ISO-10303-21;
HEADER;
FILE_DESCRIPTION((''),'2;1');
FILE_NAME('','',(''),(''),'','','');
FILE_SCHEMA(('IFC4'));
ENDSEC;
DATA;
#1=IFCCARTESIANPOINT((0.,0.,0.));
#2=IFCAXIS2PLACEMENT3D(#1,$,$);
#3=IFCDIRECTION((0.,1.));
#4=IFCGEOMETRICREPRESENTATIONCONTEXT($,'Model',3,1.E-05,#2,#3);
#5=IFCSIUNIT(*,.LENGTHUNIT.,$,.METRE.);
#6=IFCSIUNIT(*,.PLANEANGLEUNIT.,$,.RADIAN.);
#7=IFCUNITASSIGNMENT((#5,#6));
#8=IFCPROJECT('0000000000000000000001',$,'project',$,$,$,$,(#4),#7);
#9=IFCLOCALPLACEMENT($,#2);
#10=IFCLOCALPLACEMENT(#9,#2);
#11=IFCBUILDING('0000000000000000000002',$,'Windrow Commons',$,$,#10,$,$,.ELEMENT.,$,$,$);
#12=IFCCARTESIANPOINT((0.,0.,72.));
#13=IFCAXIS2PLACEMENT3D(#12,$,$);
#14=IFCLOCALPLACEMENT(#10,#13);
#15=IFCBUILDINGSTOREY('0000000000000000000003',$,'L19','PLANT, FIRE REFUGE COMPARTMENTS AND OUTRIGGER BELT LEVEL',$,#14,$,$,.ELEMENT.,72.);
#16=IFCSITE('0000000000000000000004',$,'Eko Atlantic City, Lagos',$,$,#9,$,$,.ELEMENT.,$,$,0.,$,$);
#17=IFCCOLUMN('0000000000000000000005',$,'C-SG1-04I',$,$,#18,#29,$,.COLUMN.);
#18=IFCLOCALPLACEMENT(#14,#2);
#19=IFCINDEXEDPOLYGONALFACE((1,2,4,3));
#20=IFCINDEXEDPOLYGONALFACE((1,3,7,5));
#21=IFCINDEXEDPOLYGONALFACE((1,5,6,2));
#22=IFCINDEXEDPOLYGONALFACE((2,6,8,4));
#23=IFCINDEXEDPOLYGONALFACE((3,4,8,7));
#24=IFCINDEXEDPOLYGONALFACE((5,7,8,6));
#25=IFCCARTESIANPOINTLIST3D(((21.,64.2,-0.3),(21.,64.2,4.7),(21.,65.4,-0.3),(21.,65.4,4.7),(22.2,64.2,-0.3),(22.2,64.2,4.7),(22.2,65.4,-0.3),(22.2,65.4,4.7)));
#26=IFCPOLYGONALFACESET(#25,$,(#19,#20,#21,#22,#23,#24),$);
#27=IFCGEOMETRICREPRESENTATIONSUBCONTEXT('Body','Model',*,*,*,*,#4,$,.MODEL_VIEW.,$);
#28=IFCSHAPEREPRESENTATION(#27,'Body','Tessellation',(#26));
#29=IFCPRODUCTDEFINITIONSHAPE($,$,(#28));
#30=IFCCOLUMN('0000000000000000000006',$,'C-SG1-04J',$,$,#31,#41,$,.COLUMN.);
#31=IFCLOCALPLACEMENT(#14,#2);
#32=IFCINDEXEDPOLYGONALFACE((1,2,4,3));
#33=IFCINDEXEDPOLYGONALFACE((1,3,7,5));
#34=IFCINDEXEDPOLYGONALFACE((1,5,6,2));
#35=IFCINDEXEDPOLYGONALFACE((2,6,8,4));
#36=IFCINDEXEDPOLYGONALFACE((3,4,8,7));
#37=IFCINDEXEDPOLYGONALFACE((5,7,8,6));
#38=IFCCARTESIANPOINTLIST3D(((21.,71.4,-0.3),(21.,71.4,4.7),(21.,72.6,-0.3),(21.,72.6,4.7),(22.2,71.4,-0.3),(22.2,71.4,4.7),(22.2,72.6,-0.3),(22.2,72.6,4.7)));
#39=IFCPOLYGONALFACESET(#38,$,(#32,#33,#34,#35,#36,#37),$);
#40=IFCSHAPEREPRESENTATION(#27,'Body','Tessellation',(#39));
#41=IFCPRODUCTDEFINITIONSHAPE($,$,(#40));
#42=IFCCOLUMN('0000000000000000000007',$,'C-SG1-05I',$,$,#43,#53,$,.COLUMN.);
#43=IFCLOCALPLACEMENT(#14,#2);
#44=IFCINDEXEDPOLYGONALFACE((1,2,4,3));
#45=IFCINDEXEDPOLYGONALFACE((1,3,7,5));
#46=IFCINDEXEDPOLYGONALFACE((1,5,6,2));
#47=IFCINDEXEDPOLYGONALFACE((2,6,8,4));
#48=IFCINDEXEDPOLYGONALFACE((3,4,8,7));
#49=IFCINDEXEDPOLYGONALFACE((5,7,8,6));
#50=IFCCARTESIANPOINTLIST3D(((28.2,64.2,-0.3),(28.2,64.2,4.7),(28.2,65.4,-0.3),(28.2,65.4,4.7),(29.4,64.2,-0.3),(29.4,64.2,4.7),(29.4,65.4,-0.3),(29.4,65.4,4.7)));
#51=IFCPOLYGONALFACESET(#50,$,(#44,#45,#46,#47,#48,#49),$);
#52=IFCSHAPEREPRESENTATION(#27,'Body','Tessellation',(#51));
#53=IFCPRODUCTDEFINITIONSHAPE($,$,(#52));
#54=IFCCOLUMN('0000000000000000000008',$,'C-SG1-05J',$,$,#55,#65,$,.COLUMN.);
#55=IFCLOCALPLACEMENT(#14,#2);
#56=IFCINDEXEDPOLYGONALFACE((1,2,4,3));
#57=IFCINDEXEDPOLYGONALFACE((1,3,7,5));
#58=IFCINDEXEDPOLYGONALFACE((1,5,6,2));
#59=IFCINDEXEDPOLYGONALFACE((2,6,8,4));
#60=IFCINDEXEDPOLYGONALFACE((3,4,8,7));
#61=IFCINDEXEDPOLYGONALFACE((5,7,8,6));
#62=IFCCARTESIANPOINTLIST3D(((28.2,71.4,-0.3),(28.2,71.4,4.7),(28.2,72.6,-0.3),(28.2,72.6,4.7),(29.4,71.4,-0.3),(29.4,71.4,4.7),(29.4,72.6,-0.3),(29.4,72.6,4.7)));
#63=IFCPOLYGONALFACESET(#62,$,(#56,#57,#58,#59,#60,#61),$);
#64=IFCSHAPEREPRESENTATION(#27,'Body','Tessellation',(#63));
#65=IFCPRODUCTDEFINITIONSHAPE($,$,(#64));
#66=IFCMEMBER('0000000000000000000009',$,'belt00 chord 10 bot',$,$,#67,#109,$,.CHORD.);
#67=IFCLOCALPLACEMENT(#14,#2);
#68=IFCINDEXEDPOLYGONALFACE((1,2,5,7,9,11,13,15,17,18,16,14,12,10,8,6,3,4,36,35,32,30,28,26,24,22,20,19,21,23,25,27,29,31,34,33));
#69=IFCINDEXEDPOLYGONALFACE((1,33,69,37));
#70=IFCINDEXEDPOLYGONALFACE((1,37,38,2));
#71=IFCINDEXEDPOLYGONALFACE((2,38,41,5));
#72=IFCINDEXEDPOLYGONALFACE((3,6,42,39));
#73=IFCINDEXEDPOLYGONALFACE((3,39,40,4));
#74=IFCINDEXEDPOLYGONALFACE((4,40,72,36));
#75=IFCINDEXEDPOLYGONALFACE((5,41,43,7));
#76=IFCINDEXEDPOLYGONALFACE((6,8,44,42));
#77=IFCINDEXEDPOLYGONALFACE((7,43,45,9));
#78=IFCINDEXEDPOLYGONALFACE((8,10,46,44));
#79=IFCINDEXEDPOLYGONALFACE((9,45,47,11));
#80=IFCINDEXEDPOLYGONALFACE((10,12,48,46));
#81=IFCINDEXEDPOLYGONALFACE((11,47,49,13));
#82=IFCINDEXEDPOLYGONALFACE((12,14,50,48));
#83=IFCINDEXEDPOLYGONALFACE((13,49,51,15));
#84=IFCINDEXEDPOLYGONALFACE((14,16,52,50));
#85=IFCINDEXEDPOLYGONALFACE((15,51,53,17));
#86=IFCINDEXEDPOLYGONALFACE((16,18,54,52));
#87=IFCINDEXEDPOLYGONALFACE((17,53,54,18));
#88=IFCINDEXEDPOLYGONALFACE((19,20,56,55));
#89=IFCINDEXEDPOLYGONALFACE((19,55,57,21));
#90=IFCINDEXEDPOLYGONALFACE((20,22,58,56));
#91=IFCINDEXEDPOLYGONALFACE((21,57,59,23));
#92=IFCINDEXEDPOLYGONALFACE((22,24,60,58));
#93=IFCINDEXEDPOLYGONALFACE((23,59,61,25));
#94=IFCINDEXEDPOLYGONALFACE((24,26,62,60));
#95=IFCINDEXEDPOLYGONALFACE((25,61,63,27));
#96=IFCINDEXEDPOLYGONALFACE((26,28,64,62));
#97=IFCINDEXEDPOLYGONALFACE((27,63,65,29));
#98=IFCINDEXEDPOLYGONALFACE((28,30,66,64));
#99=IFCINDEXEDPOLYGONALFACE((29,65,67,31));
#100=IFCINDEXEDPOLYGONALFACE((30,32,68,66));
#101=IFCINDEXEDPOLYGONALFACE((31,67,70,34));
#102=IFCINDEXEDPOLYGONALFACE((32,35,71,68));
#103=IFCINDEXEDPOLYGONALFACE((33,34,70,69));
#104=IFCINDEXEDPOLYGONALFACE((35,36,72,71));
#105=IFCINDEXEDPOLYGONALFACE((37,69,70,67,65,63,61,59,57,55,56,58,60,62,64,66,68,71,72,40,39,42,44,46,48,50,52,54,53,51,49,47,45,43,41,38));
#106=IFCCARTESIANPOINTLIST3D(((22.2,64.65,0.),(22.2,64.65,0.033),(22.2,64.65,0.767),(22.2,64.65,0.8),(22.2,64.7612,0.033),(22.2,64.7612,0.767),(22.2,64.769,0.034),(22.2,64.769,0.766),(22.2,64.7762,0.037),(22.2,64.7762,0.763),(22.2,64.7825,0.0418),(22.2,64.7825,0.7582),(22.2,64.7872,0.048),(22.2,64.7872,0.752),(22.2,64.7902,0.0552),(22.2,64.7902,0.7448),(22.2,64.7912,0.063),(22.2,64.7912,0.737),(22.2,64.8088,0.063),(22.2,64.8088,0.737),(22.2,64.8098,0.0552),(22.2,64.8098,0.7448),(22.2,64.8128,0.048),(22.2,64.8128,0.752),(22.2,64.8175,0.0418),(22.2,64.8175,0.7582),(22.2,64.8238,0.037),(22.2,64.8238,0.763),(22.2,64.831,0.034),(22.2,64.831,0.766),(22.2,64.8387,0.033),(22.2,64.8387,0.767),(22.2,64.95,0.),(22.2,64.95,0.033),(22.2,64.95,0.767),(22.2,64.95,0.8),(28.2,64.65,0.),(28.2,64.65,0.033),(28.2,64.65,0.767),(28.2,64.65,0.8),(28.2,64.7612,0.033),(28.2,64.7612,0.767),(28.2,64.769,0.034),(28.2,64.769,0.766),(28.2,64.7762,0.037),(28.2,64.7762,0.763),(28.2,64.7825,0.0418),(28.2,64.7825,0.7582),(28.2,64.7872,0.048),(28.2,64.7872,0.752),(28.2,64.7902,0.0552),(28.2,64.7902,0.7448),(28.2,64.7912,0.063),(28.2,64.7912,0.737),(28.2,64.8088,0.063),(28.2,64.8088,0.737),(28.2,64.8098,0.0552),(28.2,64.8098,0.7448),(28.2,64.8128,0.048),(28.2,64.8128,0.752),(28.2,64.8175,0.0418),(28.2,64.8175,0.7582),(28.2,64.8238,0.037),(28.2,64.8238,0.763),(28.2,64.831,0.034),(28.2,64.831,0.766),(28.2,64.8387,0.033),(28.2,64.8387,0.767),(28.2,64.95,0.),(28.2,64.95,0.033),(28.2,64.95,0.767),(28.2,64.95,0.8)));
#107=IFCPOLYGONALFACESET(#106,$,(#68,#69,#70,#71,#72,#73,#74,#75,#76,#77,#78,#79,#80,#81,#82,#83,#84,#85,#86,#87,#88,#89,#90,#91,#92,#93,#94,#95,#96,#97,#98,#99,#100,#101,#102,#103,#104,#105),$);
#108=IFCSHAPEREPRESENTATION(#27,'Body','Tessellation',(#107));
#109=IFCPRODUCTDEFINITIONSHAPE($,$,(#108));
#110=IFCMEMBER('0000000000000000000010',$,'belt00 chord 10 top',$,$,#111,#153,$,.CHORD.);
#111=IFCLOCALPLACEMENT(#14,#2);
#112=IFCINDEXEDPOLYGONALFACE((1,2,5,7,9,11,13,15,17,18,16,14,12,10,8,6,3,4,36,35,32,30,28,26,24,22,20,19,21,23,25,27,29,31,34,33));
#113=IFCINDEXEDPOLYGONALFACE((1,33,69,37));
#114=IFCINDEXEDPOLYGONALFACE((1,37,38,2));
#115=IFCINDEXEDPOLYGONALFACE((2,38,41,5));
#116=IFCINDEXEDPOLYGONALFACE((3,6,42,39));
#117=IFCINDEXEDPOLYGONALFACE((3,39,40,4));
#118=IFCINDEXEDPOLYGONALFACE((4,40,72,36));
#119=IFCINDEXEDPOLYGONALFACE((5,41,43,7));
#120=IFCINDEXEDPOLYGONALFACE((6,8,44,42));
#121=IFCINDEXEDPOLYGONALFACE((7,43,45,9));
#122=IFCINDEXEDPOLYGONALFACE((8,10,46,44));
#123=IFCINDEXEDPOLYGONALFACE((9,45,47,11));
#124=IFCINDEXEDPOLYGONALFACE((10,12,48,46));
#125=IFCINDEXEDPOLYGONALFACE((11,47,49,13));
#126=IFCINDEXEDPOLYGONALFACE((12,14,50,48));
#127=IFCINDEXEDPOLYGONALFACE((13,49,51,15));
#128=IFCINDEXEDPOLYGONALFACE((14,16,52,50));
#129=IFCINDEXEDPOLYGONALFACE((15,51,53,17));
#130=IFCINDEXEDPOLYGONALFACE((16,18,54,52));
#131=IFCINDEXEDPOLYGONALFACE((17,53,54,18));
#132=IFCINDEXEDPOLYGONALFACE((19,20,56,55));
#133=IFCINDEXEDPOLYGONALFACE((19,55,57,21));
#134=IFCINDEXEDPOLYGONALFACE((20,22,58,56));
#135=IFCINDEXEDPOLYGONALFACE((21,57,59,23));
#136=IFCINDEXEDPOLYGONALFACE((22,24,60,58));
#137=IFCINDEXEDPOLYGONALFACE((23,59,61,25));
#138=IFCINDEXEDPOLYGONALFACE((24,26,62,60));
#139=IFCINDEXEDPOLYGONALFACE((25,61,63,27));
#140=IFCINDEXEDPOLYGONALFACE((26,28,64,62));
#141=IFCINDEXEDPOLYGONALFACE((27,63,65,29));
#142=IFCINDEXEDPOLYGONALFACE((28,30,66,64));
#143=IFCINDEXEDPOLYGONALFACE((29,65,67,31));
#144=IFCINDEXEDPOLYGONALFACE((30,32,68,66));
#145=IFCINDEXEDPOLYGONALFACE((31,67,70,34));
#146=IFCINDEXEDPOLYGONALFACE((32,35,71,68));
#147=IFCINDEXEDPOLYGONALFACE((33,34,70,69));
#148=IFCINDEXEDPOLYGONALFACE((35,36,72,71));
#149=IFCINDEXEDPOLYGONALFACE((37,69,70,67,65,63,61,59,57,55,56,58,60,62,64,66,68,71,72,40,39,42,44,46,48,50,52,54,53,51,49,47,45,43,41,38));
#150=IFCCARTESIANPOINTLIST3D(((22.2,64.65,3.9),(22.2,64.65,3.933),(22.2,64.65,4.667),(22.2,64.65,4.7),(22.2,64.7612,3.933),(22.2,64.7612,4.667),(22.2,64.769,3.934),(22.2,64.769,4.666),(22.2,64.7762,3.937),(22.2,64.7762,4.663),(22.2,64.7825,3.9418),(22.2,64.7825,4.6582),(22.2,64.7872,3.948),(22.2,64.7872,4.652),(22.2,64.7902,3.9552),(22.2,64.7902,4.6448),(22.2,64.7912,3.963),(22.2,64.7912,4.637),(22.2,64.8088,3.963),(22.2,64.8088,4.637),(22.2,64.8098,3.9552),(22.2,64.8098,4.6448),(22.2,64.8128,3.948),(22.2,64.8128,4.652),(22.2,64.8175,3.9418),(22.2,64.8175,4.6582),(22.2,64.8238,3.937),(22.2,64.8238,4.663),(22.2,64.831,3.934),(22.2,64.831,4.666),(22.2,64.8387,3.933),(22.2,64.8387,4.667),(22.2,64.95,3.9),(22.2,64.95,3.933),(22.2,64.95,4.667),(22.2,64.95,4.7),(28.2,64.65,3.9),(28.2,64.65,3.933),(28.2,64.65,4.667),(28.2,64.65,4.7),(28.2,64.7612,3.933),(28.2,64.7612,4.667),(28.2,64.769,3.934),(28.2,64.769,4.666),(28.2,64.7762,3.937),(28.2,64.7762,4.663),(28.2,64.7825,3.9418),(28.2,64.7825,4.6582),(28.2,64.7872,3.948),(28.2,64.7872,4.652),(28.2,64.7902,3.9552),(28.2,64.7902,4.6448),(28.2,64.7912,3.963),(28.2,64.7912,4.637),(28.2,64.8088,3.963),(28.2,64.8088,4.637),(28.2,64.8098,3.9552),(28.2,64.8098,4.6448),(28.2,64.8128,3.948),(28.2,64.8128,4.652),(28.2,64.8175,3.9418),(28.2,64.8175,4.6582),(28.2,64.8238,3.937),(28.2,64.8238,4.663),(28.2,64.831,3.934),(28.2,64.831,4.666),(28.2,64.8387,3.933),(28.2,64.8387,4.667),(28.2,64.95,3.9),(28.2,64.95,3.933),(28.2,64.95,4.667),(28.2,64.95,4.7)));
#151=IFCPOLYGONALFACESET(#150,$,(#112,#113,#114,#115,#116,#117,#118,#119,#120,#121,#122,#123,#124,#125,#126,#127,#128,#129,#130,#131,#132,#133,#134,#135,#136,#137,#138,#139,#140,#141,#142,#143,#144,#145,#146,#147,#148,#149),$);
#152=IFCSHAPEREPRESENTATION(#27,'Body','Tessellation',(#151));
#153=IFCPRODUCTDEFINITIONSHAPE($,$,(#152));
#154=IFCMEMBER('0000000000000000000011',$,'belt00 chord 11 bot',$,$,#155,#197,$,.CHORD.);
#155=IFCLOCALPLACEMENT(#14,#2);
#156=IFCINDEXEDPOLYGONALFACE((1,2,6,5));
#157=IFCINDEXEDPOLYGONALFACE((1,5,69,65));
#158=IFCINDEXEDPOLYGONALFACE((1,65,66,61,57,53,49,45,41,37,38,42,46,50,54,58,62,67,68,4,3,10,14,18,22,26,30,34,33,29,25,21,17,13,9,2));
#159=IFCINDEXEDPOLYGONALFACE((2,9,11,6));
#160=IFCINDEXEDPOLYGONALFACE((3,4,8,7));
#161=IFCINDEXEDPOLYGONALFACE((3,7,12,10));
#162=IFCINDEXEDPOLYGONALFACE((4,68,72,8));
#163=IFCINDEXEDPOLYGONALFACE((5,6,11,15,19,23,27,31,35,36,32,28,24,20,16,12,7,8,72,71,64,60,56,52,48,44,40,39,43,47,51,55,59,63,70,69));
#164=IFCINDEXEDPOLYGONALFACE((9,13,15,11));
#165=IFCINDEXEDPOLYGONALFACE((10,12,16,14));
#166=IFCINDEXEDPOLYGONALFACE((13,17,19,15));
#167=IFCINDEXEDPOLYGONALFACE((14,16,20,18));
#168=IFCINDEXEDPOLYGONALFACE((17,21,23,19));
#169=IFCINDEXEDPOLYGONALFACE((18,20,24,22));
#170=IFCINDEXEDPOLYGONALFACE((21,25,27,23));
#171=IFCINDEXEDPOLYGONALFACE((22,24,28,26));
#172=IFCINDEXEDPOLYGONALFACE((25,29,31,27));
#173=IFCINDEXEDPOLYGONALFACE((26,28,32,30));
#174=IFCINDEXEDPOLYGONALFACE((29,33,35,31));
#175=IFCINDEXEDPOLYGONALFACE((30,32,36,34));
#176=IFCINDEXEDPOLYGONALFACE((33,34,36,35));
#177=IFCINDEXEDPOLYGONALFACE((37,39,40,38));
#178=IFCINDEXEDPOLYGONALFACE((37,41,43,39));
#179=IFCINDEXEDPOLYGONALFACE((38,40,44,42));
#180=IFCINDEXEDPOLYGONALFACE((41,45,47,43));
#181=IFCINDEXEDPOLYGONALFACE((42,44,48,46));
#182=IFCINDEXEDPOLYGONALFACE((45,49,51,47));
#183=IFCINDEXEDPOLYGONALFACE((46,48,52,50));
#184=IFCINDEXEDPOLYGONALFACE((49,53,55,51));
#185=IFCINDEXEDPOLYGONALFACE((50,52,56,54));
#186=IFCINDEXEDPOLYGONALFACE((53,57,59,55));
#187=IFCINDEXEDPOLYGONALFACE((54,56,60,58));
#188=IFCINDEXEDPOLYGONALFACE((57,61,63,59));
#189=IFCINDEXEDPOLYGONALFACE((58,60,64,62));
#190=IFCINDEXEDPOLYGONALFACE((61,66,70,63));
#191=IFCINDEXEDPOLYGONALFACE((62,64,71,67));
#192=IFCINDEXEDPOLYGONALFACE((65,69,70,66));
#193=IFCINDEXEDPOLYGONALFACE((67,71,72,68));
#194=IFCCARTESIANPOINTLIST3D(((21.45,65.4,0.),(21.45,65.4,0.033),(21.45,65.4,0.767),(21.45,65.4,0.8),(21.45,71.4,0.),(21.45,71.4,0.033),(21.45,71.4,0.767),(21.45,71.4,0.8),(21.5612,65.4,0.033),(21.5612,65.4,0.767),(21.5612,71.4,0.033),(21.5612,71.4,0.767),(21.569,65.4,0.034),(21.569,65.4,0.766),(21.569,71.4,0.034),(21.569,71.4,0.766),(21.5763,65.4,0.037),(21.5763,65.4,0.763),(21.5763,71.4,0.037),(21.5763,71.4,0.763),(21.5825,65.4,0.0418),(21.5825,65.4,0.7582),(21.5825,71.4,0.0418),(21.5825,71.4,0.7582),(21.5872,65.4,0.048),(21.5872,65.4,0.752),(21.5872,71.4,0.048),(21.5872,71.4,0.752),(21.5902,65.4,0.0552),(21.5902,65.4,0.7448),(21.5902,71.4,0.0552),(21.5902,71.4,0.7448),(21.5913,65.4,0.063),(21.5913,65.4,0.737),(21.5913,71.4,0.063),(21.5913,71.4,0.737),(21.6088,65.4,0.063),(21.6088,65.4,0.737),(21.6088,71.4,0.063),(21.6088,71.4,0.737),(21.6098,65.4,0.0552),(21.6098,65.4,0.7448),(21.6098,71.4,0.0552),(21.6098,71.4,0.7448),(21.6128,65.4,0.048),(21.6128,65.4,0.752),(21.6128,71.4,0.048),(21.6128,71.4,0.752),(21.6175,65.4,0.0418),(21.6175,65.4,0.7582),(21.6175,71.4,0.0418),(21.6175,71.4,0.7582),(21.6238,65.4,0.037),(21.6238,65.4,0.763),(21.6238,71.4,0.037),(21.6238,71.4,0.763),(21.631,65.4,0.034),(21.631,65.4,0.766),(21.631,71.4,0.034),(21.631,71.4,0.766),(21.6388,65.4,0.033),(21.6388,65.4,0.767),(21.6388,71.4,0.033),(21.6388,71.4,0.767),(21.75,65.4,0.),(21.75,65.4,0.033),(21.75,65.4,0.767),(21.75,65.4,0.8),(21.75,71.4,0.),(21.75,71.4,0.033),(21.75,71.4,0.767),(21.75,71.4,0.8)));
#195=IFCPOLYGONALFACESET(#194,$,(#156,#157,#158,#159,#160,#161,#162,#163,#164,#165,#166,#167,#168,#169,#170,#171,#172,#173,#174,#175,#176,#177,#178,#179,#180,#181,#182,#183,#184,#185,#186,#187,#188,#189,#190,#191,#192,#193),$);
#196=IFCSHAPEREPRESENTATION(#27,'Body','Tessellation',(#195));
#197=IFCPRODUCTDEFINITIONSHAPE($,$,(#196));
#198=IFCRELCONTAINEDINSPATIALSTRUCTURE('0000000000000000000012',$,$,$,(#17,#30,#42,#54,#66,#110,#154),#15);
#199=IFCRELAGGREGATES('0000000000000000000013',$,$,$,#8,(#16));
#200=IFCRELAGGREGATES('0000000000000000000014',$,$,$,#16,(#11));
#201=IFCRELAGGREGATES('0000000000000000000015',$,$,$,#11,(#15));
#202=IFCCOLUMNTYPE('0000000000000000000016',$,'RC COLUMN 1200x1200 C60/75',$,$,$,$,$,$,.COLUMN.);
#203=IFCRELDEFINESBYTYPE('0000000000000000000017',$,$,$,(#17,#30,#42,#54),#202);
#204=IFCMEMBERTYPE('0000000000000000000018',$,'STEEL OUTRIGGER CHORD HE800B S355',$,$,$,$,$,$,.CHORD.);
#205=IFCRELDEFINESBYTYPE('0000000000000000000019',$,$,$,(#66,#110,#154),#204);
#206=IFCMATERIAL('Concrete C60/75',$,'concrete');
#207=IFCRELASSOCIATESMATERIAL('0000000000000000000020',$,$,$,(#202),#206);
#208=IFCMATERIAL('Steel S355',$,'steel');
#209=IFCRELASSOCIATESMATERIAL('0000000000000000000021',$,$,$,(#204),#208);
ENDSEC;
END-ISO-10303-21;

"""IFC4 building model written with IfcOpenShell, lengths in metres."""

from ifc_helpers import new_model, si_unit, direction, frame, origin, origin_2d, place, context, subcontext, project, spatial, rectangle, i_section, extrude, material, material_profile, profile_set, type_object, element, save


model = new_model("IFC4")

# Units and contexts
model_context = context("Model", 3, precision=1e-05, world=origin(), true_north=direction((0.0, 1.0)))
body_context = subcontext(model_context, "Body", "Model", "MODEL_VIEW")
ifc_project = project(units=[si_unit("LENGTHUNIT", "METRE"), si_unit("PLANEANGLEUNIT", "RADIAN")], contexts=[model_context])

# Site, building, storey
site_placement = place(None, origin())
site = spatial("IfcSite", under=ifc_project, at=site_placement, Name="Eko Atlantic City, Lagos", CompositionType="ELEMENT", RefElevation=0.0)
building_placement = place(site_placement, origin())
building = spatial("IfcBuilding", under=site, at=building_placement, Name="Windrow Commons", CompositionType="ELEMENT")
storey_placement = place(building_placement, frame((0.0, 0.0, 72.0)))
storey = spatial("IfcBuildingStorey", under=building, at=storey_placement, Name="L19", Description="PLANT, FIRE REFUGE COMPARTMENTS AND OUTRIGGER BELT LEVEL", CompositionType="ELEMENT", Elevation=72.0)

# Columns
ifc_material_1 = material(Name="Concrete C60/75", Category="concrete")
ifc_material_profile_1 = material_profile(ifc_material_1, rectangle(XDim=1.2, YDim=1.2, at=origin_2d()))
ifc_profile_set_1 = profile_set([ifc_material_profile_1], Name="Concrete C60/75")
column_type = type_object("IfcColumnType", Name="RC COLUMN 1200x1200 C60/75", PredefinedType="COLUMN", material=ifc_profile_set_1)
for number, where, z_axis, x_axis, name in (
    (1, (21.6, 64.8, -0.3), (0.0, 0.0, 1.0), (1.0, 0.0, 0.0), "C-SG1-04I"),
    (2, (21.6, 72.0, -0.3), (0.0, 0.0, 1.0), (1.0, 0.0, 0.0), "C-SG1-04J"),
    (3, (28.8, 64.8, -0.3), (0.0, 0.0, 1.0), (1.0, 0.0, 0.0), "C-SG1-05I"),
    (4, (28.8, 72.0, -0.3), (0.0, 0.0, 1.0), (1.0, 0.0, 0.0), "C-SG1-05J"),
):
    element("IfcColumn", number, at=place(storey_placement, frame(where, z_axis=z_axis, x_axis=x_axis)), inside=storey, type_object=column_type, Name=name, PredefinedType="COLUMN", context=body_context, shape_type="SweptSolid", body=[
        extrude(rectangle(XDim=1.2, YDim=1.2, at=origin_2d()), origin(), (0.0, 0.0, 1.0), 5.0),
    ])

# Members
ifc_material_2 = material(Name="Steel S355", Category="steel")
ifc_material_profile_2 = material_profile(ifc_material_2, i_section(OverallWidth=0.3, OverallDepth=0.8, WebThickness=0.0175, FlangeThickness=0.033, FilletRadius=0.03, at=origin_2d()))
ifc_profile_set_2 = profile_set([ifc_material_profile_2], Name="Steel S355")
member_type_1 = type_object("IfcMemberType", Name="STEEL OUTRIGGER CHORD HE800B S355", PredefinedType="CHORD", material=ifc_profile_set_2)
for number, where, z_axis, x_axis, name in (
    (5, (28.2, 64.8, 0.4), (-1.0, 0.0, 0.0), (0.0, -1.0, 0.0), "belt00 chord 10 bot"),
    (6, (28.2, 64.8, 4.3), (-1.0, 0.0, 0.0), (0.0, -1.0, 0.0), "belt00 chord 10 top"),
    (7, (21.6, 65.4, 0.4), (0.0, 1.0, 0.0), (-1.0, 0.0, 0.0), "belt00 chord 11 bot"),
):
    element("IfcMember", number, at=place(storey_placement, frame(where, z_axis=z_axis, x_axis=x_axis)), inside=storey, type_object=member_type_1, Name=name, PredefinedType="CHORD", context=body_context, shape_type="SweptSolid", body=[
        extrude(i_section(OverallWidth=0.3, OverallDepth=0.8, WebThickness=0.0175, FlangeThickness=0.033, FilletRadius=0.03, at=origin_2d()), origin(), (0.0, 0.0, 1.0), 6.0),
    ])

save(model, "model.ifc")
